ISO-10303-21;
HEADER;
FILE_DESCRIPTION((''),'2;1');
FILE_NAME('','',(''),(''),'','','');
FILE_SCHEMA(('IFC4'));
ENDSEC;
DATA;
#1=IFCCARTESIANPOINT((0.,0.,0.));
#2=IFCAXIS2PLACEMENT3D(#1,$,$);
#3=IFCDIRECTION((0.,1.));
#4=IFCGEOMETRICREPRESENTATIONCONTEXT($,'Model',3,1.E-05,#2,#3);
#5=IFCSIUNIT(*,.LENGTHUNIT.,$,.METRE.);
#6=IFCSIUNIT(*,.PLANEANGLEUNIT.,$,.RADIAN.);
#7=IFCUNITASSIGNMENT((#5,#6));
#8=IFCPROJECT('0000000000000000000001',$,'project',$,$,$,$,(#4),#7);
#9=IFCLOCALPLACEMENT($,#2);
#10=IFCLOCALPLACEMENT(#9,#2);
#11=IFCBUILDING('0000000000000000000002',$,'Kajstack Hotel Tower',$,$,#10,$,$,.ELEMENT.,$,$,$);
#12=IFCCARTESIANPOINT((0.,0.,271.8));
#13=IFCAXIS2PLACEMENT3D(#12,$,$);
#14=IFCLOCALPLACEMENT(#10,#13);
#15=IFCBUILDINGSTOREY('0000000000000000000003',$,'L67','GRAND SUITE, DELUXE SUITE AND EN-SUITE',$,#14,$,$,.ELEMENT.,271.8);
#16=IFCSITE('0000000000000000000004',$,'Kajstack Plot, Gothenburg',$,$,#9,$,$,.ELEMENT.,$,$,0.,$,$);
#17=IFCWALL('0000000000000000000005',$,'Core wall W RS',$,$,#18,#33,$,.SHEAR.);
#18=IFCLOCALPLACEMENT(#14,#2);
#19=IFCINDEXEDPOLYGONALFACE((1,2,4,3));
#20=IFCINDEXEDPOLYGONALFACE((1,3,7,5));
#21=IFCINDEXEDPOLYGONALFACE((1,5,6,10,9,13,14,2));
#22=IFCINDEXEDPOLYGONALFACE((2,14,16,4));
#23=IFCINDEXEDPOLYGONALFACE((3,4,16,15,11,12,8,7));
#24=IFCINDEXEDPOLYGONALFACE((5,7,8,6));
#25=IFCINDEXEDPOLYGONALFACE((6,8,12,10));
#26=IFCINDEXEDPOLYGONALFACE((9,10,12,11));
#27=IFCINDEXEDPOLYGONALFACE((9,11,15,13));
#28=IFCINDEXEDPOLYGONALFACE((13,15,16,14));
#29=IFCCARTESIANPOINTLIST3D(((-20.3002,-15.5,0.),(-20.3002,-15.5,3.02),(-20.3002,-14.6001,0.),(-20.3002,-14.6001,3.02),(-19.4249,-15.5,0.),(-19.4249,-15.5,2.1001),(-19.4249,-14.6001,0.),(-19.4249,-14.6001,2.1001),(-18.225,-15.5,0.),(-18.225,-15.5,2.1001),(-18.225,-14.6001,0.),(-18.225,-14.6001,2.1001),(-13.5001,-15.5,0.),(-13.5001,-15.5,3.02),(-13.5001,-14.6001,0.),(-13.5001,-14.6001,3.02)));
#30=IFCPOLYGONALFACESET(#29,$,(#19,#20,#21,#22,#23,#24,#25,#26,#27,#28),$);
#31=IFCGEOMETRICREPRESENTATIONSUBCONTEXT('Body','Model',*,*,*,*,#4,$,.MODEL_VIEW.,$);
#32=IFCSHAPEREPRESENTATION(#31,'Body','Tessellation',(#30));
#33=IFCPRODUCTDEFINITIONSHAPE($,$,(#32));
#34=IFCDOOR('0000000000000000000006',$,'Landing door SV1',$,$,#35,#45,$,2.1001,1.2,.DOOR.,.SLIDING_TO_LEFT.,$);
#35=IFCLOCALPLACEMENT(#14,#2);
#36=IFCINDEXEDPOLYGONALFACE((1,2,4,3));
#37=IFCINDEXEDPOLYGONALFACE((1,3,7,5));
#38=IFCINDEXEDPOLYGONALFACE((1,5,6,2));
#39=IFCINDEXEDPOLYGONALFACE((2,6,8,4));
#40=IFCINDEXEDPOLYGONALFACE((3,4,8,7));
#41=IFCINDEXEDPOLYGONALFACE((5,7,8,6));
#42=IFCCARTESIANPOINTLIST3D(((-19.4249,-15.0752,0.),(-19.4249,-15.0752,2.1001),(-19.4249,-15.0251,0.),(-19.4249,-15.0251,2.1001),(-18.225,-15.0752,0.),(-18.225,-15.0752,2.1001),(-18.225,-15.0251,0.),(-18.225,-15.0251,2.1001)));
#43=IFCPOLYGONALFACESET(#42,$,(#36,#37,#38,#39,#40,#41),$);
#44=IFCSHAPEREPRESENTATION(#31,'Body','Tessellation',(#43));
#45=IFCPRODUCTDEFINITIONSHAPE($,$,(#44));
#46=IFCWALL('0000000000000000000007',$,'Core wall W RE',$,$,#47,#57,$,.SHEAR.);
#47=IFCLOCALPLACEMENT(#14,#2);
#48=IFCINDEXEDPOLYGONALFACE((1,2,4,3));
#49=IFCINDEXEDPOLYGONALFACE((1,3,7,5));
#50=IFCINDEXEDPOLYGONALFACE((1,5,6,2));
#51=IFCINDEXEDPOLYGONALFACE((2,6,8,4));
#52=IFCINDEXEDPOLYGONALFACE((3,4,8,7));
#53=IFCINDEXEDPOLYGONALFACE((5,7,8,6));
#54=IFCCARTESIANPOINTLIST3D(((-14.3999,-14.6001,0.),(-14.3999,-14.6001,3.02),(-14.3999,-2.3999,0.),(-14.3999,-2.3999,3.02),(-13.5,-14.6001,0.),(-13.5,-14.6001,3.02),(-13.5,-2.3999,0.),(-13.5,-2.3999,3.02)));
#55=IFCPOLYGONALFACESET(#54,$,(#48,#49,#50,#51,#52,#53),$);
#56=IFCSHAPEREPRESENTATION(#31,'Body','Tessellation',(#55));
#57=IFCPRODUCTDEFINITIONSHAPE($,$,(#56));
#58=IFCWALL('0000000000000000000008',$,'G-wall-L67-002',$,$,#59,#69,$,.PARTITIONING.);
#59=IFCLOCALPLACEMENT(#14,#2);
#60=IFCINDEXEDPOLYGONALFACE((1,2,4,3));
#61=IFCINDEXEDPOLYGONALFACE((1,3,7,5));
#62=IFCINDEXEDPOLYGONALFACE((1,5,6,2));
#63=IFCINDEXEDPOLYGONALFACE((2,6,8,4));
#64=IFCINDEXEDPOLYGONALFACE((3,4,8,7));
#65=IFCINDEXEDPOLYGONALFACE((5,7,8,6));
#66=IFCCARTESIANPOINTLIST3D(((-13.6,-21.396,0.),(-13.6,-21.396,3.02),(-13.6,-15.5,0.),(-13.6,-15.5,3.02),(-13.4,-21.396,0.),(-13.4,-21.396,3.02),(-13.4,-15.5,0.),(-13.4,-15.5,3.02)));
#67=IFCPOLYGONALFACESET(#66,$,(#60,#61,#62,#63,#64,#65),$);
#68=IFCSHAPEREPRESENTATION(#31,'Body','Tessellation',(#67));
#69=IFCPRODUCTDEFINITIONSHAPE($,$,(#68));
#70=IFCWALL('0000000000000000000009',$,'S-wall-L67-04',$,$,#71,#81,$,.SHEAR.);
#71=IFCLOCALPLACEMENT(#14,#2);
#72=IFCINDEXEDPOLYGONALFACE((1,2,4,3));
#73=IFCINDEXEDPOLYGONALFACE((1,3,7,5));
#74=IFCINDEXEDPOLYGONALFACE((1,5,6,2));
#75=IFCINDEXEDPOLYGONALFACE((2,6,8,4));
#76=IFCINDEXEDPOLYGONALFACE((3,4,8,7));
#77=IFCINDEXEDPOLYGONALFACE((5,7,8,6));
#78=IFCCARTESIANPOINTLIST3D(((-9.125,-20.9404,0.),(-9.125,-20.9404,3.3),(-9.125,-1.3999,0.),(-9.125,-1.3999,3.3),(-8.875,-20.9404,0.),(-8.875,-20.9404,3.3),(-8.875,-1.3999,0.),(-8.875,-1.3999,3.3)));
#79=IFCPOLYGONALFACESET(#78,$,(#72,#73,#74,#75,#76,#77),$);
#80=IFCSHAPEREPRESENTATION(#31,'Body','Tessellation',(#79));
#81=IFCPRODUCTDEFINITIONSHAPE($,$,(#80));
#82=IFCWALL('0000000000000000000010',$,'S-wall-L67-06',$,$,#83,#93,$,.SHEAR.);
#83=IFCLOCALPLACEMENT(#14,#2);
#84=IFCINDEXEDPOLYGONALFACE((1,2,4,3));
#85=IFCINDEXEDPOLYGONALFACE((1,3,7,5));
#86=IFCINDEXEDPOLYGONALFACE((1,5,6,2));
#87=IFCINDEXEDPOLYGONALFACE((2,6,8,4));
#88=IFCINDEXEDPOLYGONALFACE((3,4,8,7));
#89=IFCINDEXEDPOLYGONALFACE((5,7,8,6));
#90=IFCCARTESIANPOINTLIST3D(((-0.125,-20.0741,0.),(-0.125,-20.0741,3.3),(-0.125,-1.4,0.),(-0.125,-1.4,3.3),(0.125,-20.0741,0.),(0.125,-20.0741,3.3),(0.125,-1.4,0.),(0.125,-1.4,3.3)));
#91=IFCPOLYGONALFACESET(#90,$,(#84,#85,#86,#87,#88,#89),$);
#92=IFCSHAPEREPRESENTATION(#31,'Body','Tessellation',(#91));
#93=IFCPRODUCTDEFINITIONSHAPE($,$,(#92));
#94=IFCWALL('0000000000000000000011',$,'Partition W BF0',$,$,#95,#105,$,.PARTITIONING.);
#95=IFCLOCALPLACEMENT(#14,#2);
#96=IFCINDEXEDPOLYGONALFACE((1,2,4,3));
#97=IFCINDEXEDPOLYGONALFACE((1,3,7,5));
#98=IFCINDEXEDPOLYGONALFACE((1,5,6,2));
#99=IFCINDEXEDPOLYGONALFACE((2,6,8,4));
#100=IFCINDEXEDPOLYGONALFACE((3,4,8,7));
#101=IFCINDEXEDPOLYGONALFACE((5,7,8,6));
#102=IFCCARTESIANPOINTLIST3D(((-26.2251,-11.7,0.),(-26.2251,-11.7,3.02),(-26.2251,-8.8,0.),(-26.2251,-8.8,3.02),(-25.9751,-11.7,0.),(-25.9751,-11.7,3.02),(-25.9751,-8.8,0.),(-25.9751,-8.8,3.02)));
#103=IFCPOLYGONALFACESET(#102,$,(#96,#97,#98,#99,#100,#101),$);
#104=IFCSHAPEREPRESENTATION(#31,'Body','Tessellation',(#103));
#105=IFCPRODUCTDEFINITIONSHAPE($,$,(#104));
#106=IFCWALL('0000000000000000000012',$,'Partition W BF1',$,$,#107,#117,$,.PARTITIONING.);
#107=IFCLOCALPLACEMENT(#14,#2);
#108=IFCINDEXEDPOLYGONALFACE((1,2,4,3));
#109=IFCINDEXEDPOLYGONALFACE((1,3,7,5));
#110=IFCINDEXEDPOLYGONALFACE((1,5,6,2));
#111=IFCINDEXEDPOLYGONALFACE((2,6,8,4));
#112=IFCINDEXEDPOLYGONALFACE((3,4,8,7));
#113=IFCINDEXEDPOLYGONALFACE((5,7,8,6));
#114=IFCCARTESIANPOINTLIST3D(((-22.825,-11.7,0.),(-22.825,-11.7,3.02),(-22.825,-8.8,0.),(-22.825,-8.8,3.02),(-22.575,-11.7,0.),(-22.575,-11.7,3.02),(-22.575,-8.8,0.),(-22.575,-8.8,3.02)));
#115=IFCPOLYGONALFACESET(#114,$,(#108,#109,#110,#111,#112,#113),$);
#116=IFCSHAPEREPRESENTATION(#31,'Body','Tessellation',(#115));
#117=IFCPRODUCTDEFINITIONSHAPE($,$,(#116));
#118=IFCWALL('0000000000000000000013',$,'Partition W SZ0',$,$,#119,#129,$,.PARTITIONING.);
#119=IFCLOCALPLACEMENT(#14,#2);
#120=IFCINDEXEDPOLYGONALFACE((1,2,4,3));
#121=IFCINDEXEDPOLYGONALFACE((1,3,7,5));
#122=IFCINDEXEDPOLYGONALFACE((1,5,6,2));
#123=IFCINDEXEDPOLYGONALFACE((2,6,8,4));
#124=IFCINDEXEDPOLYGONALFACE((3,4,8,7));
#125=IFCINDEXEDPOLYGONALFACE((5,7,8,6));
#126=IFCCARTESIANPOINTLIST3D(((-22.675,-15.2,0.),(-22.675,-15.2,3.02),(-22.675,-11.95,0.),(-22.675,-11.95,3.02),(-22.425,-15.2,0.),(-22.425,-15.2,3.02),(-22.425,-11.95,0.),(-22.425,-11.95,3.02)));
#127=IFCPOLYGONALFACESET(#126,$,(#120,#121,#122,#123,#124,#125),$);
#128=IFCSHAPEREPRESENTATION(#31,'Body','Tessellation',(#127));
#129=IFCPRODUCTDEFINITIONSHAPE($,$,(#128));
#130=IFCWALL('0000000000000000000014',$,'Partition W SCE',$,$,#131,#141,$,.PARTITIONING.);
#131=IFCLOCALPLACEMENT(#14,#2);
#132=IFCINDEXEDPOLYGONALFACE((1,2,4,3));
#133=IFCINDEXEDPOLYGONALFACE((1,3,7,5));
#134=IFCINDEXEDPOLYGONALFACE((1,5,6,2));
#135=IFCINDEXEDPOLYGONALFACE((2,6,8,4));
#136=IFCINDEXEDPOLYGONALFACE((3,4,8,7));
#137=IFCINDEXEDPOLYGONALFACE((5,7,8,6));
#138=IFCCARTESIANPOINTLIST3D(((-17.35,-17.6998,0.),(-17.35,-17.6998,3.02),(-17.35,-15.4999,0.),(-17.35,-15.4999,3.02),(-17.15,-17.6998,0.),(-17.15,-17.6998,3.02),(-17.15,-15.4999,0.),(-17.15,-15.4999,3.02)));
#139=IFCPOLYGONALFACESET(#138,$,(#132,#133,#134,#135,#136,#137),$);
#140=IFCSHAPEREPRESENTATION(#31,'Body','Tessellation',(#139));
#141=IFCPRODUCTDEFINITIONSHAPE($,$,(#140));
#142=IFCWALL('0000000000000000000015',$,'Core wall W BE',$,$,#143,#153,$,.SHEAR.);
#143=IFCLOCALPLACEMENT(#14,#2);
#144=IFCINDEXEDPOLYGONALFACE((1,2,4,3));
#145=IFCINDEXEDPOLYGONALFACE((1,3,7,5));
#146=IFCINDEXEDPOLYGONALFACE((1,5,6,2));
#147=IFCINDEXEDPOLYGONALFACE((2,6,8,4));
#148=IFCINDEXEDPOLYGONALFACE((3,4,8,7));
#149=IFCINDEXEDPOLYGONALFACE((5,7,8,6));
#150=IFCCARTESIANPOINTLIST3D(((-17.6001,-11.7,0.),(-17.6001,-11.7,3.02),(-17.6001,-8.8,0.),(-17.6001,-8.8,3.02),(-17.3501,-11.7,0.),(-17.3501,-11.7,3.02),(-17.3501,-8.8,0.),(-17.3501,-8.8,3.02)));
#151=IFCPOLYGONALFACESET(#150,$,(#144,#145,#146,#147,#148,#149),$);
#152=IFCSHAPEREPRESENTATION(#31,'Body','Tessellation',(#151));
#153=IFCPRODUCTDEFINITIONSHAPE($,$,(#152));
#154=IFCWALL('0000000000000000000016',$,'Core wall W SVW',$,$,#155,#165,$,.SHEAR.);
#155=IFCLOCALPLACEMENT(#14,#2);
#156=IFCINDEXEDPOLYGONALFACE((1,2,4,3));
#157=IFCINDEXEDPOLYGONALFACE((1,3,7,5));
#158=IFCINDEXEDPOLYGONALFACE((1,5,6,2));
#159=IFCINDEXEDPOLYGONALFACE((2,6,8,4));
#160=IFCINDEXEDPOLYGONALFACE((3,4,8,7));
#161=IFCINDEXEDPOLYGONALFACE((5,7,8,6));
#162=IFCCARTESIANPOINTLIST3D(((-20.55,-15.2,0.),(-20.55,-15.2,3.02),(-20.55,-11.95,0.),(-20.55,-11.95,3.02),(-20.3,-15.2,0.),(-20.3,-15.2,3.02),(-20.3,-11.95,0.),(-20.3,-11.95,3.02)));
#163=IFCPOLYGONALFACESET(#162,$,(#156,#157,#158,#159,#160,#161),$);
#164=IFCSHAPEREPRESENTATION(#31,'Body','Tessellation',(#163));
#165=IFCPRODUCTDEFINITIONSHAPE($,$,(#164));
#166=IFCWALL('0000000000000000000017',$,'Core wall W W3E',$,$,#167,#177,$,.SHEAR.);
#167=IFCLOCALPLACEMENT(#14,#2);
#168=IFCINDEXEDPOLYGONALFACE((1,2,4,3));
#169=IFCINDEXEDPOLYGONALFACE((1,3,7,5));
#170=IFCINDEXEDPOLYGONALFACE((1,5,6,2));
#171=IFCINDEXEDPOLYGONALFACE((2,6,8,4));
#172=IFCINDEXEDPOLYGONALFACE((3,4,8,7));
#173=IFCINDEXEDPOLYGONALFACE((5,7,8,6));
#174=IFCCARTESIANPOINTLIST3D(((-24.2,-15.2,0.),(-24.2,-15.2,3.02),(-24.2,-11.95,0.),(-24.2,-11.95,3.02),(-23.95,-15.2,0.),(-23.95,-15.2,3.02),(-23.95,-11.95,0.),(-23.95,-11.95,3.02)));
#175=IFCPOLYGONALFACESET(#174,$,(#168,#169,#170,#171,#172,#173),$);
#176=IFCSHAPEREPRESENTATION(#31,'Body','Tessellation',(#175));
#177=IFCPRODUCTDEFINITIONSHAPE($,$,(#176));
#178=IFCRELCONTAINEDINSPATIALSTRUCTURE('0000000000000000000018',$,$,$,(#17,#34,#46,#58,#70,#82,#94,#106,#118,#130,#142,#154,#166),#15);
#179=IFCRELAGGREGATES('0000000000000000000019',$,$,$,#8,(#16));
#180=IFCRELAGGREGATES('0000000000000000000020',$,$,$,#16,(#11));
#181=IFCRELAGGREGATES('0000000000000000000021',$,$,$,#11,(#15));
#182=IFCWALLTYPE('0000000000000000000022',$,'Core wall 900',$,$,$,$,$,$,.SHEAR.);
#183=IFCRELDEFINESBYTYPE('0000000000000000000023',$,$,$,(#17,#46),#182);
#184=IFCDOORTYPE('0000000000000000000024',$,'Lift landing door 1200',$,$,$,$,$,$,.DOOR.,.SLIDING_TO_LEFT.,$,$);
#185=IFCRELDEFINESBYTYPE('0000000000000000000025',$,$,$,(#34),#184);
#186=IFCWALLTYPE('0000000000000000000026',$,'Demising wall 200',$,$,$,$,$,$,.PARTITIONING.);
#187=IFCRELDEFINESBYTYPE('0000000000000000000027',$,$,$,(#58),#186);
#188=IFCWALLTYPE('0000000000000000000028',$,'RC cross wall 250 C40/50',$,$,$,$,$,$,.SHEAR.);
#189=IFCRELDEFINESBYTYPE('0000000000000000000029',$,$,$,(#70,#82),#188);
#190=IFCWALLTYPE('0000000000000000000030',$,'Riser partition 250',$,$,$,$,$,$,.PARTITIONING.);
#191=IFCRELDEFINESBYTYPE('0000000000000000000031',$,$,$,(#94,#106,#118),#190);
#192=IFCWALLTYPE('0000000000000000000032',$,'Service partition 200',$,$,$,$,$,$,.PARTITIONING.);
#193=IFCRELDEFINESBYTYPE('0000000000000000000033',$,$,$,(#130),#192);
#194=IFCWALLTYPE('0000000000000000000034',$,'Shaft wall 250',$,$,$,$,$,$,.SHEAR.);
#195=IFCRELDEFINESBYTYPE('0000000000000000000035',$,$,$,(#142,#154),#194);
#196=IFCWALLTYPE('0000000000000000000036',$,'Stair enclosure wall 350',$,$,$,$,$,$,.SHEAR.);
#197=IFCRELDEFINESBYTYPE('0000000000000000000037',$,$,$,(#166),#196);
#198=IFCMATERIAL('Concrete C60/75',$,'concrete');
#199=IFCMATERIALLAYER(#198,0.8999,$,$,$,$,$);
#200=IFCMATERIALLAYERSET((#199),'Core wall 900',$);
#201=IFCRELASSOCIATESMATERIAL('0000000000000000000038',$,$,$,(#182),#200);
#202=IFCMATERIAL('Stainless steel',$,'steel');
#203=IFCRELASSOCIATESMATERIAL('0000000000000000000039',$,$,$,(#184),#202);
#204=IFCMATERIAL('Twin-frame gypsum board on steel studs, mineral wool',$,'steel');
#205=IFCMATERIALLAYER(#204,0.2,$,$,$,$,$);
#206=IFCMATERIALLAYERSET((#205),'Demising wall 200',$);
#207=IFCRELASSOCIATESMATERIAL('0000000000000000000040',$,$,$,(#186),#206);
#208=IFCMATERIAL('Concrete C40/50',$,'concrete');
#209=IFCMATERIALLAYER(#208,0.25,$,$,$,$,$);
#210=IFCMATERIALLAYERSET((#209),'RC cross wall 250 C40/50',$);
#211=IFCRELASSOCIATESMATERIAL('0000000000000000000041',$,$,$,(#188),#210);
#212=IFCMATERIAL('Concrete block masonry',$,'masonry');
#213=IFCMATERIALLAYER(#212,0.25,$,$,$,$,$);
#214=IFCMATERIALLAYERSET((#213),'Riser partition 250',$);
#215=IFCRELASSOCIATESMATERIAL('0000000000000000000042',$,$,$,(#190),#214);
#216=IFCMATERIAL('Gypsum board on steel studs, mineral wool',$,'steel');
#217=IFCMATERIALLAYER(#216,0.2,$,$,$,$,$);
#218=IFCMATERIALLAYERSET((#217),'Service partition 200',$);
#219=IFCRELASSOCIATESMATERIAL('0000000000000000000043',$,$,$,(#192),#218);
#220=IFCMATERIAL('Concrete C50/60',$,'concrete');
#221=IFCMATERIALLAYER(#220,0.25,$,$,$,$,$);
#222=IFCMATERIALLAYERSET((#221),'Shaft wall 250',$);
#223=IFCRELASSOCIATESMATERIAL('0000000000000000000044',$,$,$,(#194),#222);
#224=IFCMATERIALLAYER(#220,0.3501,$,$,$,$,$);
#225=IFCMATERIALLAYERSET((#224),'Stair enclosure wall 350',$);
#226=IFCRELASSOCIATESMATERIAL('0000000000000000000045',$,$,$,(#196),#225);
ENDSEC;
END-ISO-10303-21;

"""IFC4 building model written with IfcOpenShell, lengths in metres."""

from ifc_helpers import new_model, si_unit, direction, frame, frame_2d, origin, place, context, subcontext, project, spatial, rectangle, extrude, material, layer, layer_set, type_object, element, fill, save


model = new_model("IFC4")

# Units and contexts
model_context = context("Model", 3, precision=1e-05, world=origin(), true_north=direction((0.0, 1.0)))
body_context = subcontext(model_context, "Body", "Model", "MODEL_VIEW")
ifc_project = project(units=[si_unit("LENGTHUNIT", "METRE"), si_unit("PLANEANGLEUNIT", "RADIAN")], contexts=[model_context])

# Site, building, storey
site_placement = place(None, origin())
site = spatial("IfcSite", under=ifc_project, at=site_placement, Name="Kajstack Plot, Gothenburg", CompositionType="ELEMENT", RefElevation=0.0)
building_placement = place(site_placement, origin())
building = spatial("IfcBuilding", under=site, at=building_placement, Name="Kajstack Hotel Tower", CompositionType="ELEMENT")
storey_placement = place(building_placement, frame((0.0, 0.0, 271.8)))
storey = spatial("IfcBuildingStorey", under=building, at=storey_placement, Name="L67", Description="GRAND SUITE, DELUXE SUITE AND EN-SUITE", CompositionType="ELEMENT", Elevation=271.8)

# Wall, opening, door
ifc_material_1 = material(Name="Concrete C60/75", Category="concrete")
ifc_layer_1 = layer(ifc_material_1, 0.8999)
ifc_layer_set_1 = layer_set([ifc_layer_1], Name="Core wall 900")
wall_type_1 = type_object("IfcWallType", Name="Core wall 900", PredefinedType="SHEAR", material=ifc_layer_set_1)
wall_1_placement = place(storey_placement, frame((-20.3, -15.05, 0.0), z_axis=(0.0, 0.0, 1.0), x_axis=(1.0, 0.0, 0.0)))
wall_1 = element("IfcWall", 1, at=wall_1_placement, inside=storey, type_object=wall_type_1, Name="Core wall W RS", PredefinedType="SHEAR", context=body_context, shape_type="SweptSolid", body=[
    extrude(rectangle(XDim=6.8, YDim=0.8999, at=frame_2d((3.3999, 0.0))), origin(), (0.0, 0.0, 1.0), 3.02),
])
opening_1_placement = place(wall_1_placement, frame((0.875, 0.0, 0.0)))
opening_1 = element("IfcOpeningElement", 2, at=opening_1_placement, cuts=wall_1, PredefinedType="OPENING", context=body_context, shape_type="SweptSolid", body=[
    extrude(rectangle(XDim=1.2, YDim=2.1001, at=frame_2d((0.6001, 1.05))), frame((0.0, 0.46, 0.0), z_axis=(0.0, -1.0, 0.0), x_axis=(1.0, 0.0, 0.0)), (0.0, 0.0, 1.0), 0.9199),
])
ifc_material_2 = material(Name="Stainless steel", Category="steel")
door_type = type_object("IfcDoorType", Name="Lift landing door 1200", OperationType="SLIDING_TO_LEFT", PredefinedType="DOOR", material=ifc_material_2)
door_placement = place(opening_1_placement, origin())
door = element("IfcDoor", 3, at=door_placement, inside=storey, type_object=door_type, Name="Landing door SV1", OperationType="SLIDING_TO_LEFT", OverallHeight=2.1001, OverallWidth=1.2, PredefinedType="DOOR", context=body_context, shape_type="SweptSolid", body=[
    extrude(rectangle(XDim=1.2, YDim=2.1001, at=frame_2d((0.6001, 1.05))), frame((0.0, 0.0249, 0.0), z_axis=(0.0, -1.0, 0.0), x_axis=(1.0, 0.0, 0.0)), (0.0, 0.0, 1.0), 0.05),
])
fill(opening_1, door)

# Walls
wall_2_placement = place(storey_placement, frame((-13.95, -14.6001, 0.0), z_axis=(0.0, 0.0, 1.0), x_axis=(0.0, 1.0, 0.0)))
element("IfcWall", 4, at=wall_2_placement, inside=storey, type_object=wall_type_1, Name="Core wall W RE", PredefinedType="SHEAR", context=body_context, shape_type="SweptSolid", body=[
    extrude(rectangle(XDim=12.2002, YDim=0.8999, at=frame_2d((6.1001, 0.0))), origin(), (0.0, 0.0, 1.0), 3.02),
])
ifc_material_3 = material(Name="Twin-frame gypsum board on steel studs, mineral wool", Category="steel")
ifc_layer_2 = layer(ifc_material_3, 0.2)
ifc_layer_set_2 = layer_set([ifc_layer_2], Name="Demising wall 200")
wall_type_2 = type_object("IfcWallType", Name="Demising wall 200", PredefinedType="PARTITIONING", material=ifc_layer_set_2)
wall_3_placement = place(storey_placement, frame((-13.5, -21.396, 0.0), z_axis=(0.0, 0.0, 1.0), x_axis=(0.0, 1.0, 0.0)))
element("IfcWall", 5, at=wall_3_placement, inside=storey, type_object=wall_type_2, Name="G-wall-L67-002", PredefinedType="PARTITIONING", context=body_context, shape_type="SweptSolid", body=[
    extrude(rectangle(XDim=5.896, YDim=0.2, at=frame_2d((2.948, 0.0))), origin(), (0.0, 0.0, 1.0), 3.02),
])

# Walls
ifc_material_4 = material(Name="Concrete C40/50", Category="concrete")
ifc_layer_3 = layer(ifc_material_4, 0.25)
ifc_layer_set_3 = layer_set([ifc_layer_3], Name="RC cross wall 250 C40/50")
wall_type_3 = type_object("IfcWallType", Name="RC cross wall 250 C40/50", PredefinedType="SHEAR", material=ifc_layer_set_3)
wall_4_placement = place(storey_placement, frame((-9.0, -20.9404, 0.0), z_axis=(0.0, 0.0, 1.0), x_axis=(0.0, 1.0, 0.0)))
element("IfcWall", 6, at=wall_4_placement, inside=storey, type_object=wall_type_3, Name="S-wall-L67-04", PredefinedType="SHEAR", context=body_context, shape_type="SweptSolid", body=[
    extrude(rectangle(XDim=19.5405, YDim=0.25, at=frame_2d((9.7703, 0.0))), origin(), (0.0, 0.0, 1.0), 3.3),
])
wall_5_placement = place(storey_placement, frame((0.0, -20.074, 0.0), z_axis=(0.0, 0.0, 1.0), x_axis=(0.0, 1.0, 0.0)))
element("IfcWall", 7, at=wall_5_placement, inside=storey, type_object=wall_type_3, Name="S-wall-L67-06", PredefinedType="SHEAR", context=body_context, shape_type="SweptSolid", body=[
    extrude(rectangle(XDim=18.6741, YDim=0.25, at=frame_2d((9.3369, 0.0))), origin(), (0.0, 0.0, 1.0), 3.3),
])
ifc_material_5 = material(Name="Concrete block masonry", Category="masonry")
ifc_layer_4 = layer(ifc_material_5, 0.25)
ifc_layer_set_4 = layer_set([ifc_layer_4], Name="Riser partition 250")
wall_type_4 = type_object("IfcWallType", Name="Riser partition 250", PredefinedType="PARTITIONING", material=ifc_layer_set_4)
for number, where, z_axis, x_axis, name in (
    (8, (-26.1001, -11.7, 0.0), (0.0, 0.0, 1.0), (0.0, 1.0, 0.0), "Partition W BF0"),
    (9, (-22.7, -11.7, 0.0), (0.0, 0.0, 1.0), (0.0, 1.0, 0.0), "Partition W BF1"),
):
    element("IfcWall", number, at=place(storey_placement, frame(where, z_axis=z_axis, x_axis=x_axis)), inside=storey, type_object=wall_type_4, Name=name, PredefinedType="PARTITIONING", context=body_context, shape_type="SweptSolid", body=[
        extrude(rectangle(XDim=2.8999, YDim=0.25, at=frame_2d((1.45, 0.0))), origin(), (0.0, 0.0, 1.0), 3.02),
    ])
wall_6_placement = place(storey_placement, frame((-22.55, -15.2, 0.0), z_axis=(0.0, 0.0, 1.0), x_axis=(0.0, 1.0, 0.0)))
element("IfcWall", 10, at=wall_6_placement, inside=storey, type_object=wall_type_4, Name="Partition W SZ0", PredefinedType="PARTITIONING", context=body_context, shape_type="SweptSolid", body=[
    extrude(rectangle(XDim=3.25, YDim=0.25, at=frame_2d((1.625, 0.0))), origin(), (0.0, 0.0, 1.0), 3.02),
])
ifc_material_6 = material(Name="Gypsum board on steel studs, mineral wool", Category="steel")
ifc_layer_5 = layer(ifc_material_6, 0.2)
ifc_layer_set_5 = layer_set([ifc_layer_5], Name="Service partition 200")
wall_type_5 = type_object("IfcWallType", Name="Service partition 200", PredefinedType="PARTITIONING", material=ifc_layer_set_5)
wall_7_placement = place(storey_placement, frame((-17.25, -17.7, 0.0), z_axis=(0.0, 0.0, 1.0), x_axis=(0.0, 1.0, 0.0)))
element("IfcWall", 11, at=wall_7_placement, inside=storey, type_object=wall_type_5, Name="Partition W SCE", PredefinedType="PARTITIONING", context=body_context, shape_type="SweptSolid", body=[
    extrude(rectangle(XDim=2.2, YDim=0.2, at=frame_2d((1.1001, 0.0))), origin(), (0.0, 0.0, 1.0), 3.02),
])
ifc_material_7 = material(Name="Concrete C50/60", Category="concrete")
ifc_layer_6 = layer(ifc_material_7, 0.25)
ifc_layer_set_6 = layer_set([ifc_layer_6], Name="Shaft wall 250")
wall_type_6 = type_object("IfcWallType", Name="Shaft wall 250", PredefinedType="SHEAR", material=ifc_layer_set_6)
wall_8_placement = place(storey_placement, frame((-17.4751, -11.7, 0.0), z_axis=(0.0, 0.0, 1.0), x_axis=(0.0, 1.0, 0.0)))
element("IfcWall", 12, at=wall_8_placement, inside=storey, type_object=wall_type_6, Name="Core wall W BE", PredefinedType="SHEAR", context=body_context, shape_type="SweptSolid", body=[
    extrude(rectangle(XDim=2.8999, YDim=0.25, at=frame_2d((1.45, 0.0))), origin(), (0.0, 0.0, 1.0), 3.02),
])
wall_9_placement = place(storey_placement, frame((-20.425, -15.2, 0.0), z_axis=(0.0, 0.0, 1.0), x_axis=(0.0, 1.0, 0.0)))
element("IfcWall", 13, at=wall_9_placement, inside=storey, type_object=wall_type_6, Name="Core wall W SVW", PredefinedType="SHEAR", context=body_context, shape_type="SweptSolid", body=[
    extrude(rectangle(XDim=3.25, YDim=0.25, at=frame_2d((1.625, 0.0))), origin(), (0.0, 0.0, 1.0), 3.02),
])
ifc_layer_7 = layer(ifc_material_7, 0.3501)
ifc_layer_set_7 = layer_set([ifc_layer_7], Name="Stair enclosure wall 350")
wall_type_7 = type_object("IfcWallType", Name="Stair enclosure wall 350", PredefinedType="SHEAR", material=ifc_layer_set_7)
wall_10_placement = place(storey_placement, frame((-24.075, -15.2, 0.0), z_axis=(0.0, 0.0, 1.0), x_axis=(0.0, 1.0, 0.0)))
element("IfcWall", 14, at=wall_10_placement, inside=storey, type_object=wall_type_7, Name="Core wall W W3E", PredefinedType="SHEAR", context=body_context, shape_type="SweptSolid", body=[
    extrude(rectangle(XDim=3.25, YDim=0.25, at=frame_2d((1.625, 0.0))), origin(), (0.0, 0.0, 1.0), 3.02),
])

save(model, "model.ifc")
